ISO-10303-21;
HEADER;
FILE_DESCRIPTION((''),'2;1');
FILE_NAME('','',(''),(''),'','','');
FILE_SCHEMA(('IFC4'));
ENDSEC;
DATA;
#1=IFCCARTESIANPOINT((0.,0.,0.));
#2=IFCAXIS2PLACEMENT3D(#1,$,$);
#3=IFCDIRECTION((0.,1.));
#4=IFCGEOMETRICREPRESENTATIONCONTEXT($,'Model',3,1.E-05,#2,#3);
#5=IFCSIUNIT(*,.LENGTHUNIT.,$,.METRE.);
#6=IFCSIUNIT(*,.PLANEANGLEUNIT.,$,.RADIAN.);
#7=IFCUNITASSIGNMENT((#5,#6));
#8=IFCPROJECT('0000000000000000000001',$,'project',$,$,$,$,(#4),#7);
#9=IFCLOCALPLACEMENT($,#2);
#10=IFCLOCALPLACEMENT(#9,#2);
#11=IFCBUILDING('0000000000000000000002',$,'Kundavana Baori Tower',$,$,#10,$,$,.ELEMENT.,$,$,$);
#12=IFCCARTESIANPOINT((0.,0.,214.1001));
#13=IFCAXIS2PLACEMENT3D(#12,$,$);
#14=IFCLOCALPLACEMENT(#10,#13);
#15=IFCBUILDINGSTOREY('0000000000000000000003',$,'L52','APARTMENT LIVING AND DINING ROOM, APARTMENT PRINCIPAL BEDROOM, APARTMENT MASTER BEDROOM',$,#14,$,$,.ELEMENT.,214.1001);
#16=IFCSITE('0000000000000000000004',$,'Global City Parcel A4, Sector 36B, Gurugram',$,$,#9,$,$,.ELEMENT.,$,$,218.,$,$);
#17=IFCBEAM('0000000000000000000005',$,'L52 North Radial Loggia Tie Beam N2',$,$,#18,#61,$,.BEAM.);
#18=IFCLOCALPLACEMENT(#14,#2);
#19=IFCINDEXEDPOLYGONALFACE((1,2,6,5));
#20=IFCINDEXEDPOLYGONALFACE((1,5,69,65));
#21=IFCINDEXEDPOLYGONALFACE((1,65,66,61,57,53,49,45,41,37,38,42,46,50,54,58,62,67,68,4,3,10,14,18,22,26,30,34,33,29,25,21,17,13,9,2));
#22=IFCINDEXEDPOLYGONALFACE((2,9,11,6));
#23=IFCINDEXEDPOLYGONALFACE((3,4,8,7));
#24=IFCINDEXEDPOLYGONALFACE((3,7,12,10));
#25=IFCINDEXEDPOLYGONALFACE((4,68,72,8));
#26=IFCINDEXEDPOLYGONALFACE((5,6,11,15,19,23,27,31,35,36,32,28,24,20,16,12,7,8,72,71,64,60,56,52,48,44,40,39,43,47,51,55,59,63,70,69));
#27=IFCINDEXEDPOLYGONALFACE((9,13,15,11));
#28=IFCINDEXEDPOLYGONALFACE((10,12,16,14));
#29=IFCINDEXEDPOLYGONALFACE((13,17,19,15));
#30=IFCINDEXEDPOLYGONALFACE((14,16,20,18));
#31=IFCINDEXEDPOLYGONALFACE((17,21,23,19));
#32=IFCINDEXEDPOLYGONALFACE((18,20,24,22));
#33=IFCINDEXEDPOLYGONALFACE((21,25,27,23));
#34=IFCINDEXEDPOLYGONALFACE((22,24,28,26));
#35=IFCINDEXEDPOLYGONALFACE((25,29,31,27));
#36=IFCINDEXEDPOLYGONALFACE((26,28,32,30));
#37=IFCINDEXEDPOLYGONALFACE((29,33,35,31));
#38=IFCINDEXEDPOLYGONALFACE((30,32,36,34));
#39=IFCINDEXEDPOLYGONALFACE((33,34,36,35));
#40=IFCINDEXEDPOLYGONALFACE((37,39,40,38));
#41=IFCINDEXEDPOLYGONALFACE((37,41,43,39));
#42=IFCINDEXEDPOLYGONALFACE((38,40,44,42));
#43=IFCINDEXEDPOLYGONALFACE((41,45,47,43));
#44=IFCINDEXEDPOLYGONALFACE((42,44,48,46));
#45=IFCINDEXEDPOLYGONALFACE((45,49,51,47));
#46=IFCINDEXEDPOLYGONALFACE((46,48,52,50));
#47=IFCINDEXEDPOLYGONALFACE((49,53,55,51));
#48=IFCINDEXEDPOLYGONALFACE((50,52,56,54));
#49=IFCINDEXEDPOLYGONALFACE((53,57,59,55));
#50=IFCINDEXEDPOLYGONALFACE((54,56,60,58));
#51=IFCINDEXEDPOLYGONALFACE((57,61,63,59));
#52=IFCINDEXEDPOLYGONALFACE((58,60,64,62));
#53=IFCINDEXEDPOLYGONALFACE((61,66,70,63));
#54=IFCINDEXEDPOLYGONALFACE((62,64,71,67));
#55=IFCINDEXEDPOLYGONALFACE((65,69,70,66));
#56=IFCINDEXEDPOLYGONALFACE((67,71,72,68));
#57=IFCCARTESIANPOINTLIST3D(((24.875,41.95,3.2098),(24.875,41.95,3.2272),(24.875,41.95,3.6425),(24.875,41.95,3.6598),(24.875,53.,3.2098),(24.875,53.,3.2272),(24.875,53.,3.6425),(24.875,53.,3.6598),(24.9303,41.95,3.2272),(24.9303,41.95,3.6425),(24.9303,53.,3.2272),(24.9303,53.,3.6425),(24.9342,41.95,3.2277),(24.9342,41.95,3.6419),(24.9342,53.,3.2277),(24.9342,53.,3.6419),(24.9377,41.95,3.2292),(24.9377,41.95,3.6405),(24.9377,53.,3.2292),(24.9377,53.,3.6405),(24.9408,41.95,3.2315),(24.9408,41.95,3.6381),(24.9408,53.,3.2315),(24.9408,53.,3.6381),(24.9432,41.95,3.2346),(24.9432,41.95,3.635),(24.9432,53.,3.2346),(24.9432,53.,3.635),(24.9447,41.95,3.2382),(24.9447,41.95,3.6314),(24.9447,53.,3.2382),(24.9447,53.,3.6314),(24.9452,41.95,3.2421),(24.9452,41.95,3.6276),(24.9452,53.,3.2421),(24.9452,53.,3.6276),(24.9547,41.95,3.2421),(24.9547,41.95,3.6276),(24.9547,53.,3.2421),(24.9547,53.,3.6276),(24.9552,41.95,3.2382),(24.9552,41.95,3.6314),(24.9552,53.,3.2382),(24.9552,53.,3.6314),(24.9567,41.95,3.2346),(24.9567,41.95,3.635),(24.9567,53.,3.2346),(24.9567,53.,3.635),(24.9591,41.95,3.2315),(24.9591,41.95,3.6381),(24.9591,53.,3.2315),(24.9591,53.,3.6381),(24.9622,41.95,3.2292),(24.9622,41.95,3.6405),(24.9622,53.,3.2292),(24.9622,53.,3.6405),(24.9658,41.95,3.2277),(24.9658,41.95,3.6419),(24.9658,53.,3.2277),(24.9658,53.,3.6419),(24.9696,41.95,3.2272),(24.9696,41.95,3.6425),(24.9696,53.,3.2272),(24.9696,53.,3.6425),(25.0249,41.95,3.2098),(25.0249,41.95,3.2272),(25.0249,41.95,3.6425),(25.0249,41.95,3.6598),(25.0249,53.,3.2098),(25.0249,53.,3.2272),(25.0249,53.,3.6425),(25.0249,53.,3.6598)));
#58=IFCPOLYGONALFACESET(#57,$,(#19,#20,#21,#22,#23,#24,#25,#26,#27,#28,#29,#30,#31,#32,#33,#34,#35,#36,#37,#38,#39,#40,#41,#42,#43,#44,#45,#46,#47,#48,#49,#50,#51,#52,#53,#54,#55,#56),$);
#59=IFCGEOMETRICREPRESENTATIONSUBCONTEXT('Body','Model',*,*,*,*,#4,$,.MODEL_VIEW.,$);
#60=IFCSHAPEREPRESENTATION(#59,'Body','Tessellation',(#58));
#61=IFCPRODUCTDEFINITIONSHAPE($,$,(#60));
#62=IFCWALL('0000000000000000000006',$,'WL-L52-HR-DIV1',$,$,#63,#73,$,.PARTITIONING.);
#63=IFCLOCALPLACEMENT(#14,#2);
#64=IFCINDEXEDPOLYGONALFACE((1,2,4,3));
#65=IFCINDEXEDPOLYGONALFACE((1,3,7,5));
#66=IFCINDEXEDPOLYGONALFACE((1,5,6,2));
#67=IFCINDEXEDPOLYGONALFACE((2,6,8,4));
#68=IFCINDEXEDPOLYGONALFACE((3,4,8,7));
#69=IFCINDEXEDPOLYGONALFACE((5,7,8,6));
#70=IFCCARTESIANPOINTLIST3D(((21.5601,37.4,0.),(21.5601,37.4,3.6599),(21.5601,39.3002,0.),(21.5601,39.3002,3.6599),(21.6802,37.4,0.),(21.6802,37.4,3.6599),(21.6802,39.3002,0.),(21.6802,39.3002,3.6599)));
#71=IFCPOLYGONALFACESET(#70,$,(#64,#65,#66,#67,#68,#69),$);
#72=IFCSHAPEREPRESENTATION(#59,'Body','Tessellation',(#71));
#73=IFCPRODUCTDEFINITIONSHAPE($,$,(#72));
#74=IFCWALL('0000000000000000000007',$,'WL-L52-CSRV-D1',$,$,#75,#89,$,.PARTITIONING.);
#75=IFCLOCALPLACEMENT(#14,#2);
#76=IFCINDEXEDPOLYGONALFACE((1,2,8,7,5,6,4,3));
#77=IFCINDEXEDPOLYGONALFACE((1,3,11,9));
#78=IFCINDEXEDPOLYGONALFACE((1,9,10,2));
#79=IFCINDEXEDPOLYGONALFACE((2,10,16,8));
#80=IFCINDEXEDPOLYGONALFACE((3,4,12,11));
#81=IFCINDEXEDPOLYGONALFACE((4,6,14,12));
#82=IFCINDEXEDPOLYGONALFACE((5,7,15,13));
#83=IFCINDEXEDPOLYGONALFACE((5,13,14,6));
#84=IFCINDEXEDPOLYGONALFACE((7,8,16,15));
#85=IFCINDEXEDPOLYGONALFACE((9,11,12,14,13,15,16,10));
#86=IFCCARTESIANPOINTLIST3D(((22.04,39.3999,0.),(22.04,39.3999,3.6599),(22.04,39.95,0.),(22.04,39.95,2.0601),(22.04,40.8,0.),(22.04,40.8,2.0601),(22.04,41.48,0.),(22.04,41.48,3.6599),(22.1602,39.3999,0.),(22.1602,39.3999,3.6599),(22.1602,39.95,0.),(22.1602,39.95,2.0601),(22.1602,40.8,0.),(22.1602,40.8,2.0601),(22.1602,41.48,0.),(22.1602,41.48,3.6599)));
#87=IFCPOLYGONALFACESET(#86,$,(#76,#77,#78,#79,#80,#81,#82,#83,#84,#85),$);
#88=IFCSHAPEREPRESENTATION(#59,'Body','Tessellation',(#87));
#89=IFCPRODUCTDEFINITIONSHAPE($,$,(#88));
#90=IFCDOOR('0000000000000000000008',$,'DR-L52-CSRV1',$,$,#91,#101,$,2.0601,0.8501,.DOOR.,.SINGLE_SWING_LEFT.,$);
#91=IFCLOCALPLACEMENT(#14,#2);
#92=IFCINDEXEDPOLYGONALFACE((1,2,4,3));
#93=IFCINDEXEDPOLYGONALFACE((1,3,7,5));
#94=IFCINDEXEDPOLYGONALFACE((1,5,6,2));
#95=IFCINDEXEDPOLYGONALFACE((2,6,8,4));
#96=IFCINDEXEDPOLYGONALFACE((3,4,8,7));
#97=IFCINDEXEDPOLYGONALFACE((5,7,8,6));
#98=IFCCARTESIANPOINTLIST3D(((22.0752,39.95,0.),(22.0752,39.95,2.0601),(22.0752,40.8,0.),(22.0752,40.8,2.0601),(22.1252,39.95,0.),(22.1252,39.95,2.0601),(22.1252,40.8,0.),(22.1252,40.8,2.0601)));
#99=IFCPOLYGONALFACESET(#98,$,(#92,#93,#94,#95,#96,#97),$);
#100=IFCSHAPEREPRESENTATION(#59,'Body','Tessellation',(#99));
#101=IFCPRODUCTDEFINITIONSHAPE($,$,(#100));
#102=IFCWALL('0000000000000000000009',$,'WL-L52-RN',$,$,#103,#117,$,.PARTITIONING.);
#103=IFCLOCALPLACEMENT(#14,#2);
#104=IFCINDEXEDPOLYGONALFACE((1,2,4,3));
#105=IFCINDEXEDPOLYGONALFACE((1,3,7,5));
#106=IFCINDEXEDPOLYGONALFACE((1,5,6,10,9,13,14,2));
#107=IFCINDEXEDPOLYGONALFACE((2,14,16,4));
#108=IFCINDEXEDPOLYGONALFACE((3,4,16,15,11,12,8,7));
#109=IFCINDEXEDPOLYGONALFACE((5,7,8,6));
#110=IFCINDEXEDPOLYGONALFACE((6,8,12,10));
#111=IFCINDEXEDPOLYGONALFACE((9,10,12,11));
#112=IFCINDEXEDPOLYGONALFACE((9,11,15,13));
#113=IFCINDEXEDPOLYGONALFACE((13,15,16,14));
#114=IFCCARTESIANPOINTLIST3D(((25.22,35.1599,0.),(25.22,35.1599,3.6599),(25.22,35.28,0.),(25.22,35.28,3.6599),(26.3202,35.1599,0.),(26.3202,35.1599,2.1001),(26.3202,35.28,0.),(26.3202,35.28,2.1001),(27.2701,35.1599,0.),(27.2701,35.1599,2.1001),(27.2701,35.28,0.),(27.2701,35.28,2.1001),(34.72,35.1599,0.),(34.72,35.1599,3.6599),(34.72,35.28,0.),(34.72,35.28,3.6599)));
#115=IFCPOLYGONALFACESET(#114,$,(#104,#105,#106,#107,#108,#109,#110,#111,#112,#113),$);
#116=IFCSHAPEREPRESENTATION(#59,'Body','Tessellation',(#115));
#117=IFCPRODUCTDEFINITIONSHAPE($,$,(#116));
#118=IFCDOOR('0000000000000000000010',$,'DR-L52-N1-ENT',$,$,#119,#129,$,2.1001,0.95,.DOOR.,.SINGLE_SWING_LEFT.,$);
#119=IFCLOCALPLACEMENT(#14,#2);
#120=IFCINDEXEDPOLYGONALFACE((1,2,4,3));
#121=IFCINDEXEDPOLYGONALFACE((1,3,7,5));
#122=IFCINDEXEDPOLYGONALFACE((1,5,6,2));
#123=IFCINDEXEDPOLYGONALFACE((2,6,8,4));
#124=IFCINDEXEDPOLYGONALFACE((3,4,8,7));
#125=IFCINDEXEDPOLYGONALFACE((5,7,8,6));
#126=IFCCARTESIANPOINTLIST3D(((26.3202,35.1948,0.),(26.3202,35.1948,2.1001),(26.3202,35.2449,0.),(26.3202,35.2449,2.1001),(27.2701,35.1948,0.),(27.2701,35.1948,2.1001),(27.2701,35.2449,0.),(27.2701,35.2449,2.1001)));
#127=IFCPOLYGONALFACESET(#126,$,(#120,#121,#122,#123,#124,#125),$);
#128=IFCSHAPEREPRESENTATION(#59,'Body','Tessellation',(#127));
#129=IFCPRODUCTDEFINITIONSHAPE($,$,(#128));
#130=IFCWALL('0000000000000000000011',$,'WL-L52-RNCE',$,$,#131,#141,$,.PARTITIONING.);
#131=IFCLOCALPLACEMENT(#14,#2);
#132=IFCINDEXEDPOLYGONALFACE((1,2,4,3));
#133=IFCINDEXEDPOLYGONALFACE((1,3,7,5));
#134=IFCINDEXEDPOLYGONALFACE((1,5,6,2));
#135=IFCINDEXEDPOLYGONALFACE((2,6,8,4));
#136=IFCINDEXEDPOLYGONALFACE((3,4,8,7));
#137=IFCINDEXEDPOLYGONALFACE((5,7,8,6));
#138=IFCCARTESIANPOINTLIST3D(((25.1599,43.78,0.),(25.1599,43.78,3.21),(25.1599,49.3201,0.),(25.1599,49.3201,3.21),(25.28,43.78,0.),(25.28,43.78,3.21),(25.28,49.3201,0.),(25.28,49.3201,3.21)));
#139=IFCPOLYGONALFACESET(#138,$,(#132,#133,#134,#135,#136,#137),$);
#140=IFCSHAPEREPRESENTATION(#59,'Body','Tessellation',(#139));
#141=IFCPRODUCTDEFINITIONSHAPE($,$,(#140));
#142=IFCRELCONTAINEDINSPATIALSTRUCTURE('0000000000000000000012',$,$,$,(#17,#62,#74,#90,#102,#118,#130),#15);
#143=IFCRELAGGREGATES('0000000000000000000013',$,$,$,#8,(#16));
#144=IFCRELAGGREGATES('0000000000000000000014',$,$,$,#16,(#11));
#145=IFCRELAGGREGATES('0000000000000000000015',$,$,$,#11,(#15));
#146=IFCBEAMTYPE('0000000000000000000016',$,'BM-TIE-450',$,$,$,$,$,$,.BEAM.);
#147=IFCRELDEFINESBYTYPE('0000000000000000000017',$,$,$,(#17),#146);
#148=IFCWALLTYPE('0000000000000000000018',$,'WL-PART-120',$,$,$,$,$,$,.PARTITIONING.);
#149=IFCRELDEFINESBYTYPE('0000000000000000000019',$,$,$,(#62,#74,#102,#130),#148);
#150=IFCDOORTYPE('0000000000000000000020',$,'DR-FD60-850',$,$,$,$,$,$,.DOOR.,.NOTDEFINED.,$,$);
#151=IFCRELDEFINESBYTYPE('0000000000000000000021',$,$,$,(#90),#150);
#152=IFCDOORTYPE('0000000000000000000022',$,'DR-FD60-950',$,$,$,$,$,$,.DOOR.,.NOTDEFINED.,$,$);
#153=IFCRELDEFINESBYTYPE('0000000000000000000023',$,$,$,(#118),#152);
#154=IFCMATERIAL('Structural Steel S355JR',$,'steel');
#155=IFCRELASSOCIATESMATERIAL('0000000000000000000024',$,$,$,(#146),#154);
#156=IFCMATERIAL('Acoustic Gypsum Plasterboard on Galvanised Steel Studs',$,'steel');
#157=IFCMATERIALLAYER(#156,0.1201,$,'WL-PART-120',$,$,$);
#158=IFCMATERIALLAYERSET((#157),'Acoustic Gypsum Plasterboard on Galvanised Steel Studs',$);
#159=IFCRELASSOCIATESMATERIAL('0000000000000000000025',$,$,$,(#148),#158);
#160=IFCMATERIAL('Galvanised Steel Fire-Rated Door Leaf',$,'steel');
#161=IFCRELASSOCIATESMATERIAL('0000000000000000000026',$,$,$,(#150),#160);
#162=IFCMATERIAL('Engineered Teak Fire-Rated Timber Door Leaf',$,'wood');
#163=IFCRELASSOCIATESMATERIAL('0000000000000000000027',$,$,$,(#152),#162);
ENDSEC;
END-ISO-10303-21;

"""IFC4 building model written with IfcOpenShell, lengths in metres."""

from ifc_helpers import new_model, si_unit, direction, frame, frame_2d, origin, origin_2d, place, context, subcontext, project, spatial, rectangle, i_section, extrude, material, layer, layer_set, material_profile, profile_set, type_object, element, fill, save


model = new_model("IFC4")

# Units and contexts
model_context = context("Model", 3, precision=1e-05, world=origin(), true_north=direction((0.0, 1.0)))
body_context = subcontext(model_context, "Body", "Model", "MODEL_VIEW")
ifc_project = project(units=[si_unit("LENGTHUNIT", "METRE"), si_unit("PLANEANGLEUNIT", "RADIAN")], contexts=[model_context])

# Site, building, storey
site_placement = place(None, origin())
site = spatial("IfcSite", under=ifc_project, at=site_placement, Name="Global City Parcel A4, Sector 36B, Gurugram", CompositionType="ELEMENT", RefElevation=218.0)
building_placement = place(site_placement, origin())
building = spatial("IfcBuilding", under=site, at=building_placement, Name="Kundavana Baori Tower", CompositionType="ELEMENT")
storey_placement = place(building_placement, frame((0.0, 0.0, 214.1001)))
storey = spatial("IfcBuildingStorey", under=building, at=storey_placement, Name="L52", Description="APARTMENT LIVING AND DINING ROOM, APARTMENT PRINCIPAL BEDROOM, APARTMENT MASTER BEDROOM", CompositionType="ELEMENT", Elevation=214.1001)

# Beam
ifc_material_1 = material(Name="Structural Steel S355JR", Category="steel")
ifc_material_profile_1 = material_profile(ifc_material_1, i_section(OverallWidth=0.1499, OverallDepth=0.45, WebThickness=0.0095, FlangeThickness=0.0173, FilletRadius=0.0149, at=origin_2d()), Name="ISMB 450")
ifc_profile_set_1 = profile_set([ifc_material_profile_1], Name="Structural Steel S355JR")
beam_type_1 = type_object("IfcBeamType", Name="BM-TIE-450", PredefinedType="BEAM", material=ifc_profile_set_1)
beam_1_placement = place(storey_placement, frame((24.95, 41.95, 3.4348), z_axis=(0.0, 1.0, 0.0), x_axis=(-1.0, 0.0, 0.0)))
element("IfcBeam", 1, at=beam_1_placement, inside=storey, type_object=beam_type_1, Name="L52 North Radial Loggia Tie Beam N2", PredefinedType="BEAM", context=body_context, shape_type="SweptSolid", body=[
    extrude(i_section(OverallWidth=0.1499, OverallDepth=0.45, WebThickness=0.0095, FlangeThickness=0.0173, FilletRadius=0.0149, at=origin_2d()), origin(), (0.0, 0.0, 1.0), 11.05),
])

# Wall
ifc_material_2 = material(Name="Acoustic Gypsum Plasterboard on Galvanised Steel Studs", Category="steel")
ifc_layer_1 = layer(ifc_material_2, 0.1201, Name="WL-PART-120")
ifc_layer_set_1 = layer_set([ifc_layer_1], Name="Acoustic Gypsum Plasterboard on Galvanised Steel Studs")
wall_type_1 = type_object("IfcWallType", Name="WL-PART-120", PredefinedType="PARTITIONING", material=ifc_layer_set_1)
wall_1_placement = place(storey_placement, frame((21.6201, 37.3999, 0.0), z_axis=(0.0, 0.0, 1.0), x_axis=(0.0, 1.0, 0.0)))
element("IfcWall", 2, at=wall_1_placement, inside=storey, type_object=wall_type_1, Name="WL-L52-HR-DIV1", PredefinedType="PARTITIONING", context=body_context, shape_type="SweptSolid", body=[
    extrude(rectangle(XDim=1.9001, YDim=0.1201, at=frame_2d((0.9502, 0.0))), origin(), (0.0, 0.0, 1.0), 3.6599),
])

# Walls, openings, doors
wall_2_placement = place(storey_placement, frame((22.1001, 39.3999, 0.0), z_axis=(0.0, 0.0, 1.0), x_axis=(0.0, 1.0, 0.0)))
wall_2 = element("IfcWall", 3, at=wall_2_placement, inside=storey, type_object=wall_type_1, Name="WL-L52-CSRV-D1", PredefinedType="PARTITIONING", context=body_context, shape_type="SweptSolid", body=[
    extrude(rectangle(XDim=2.0801, YDim=0.1201, at=frame_2d((1.04, 0.0))), origin(), (0.0, 0.0, 1.0), 3.6599),
])
opening_1_placement = place(wall_2_placement, frame((0.55, 0.0, 0.0)))
opening_1 = element("IfcOpeningElement", 4, at=opening_1_placement, cuts=wall_2, PredefinedType="OPENING", context=body_context, shape_type="SweptSolid", body=[
    extrude(rectangle(XDim=0.8501, YDim=2.0601, at=frame_2d((0.425, 1.03))), frame((0.0, 0.0701, 0.0), z_axis=(0.0, -1.0, 0.0), x_axis=(1.0, 0.0, 0.0)), (0.0, 0.0, 1.0), 0.1401),
])
ifc_material_3 = material(Name="Galvanised Steel Fire-Rated Door Leaf", Category="steel")
door_type_1 = type_object("IfcDoorType", Name="DR-FD60-850", OperationType="NOTDEFINED", PredefinedType="DOOR", material=ifc_material_3)
door_1_placement = place(opening_1_placement, origin())
door_1 = element("IfcDoor", 5, at=door_1_placement, inside=storey, type_object=door_type_1, Name="DR-L52-CSRV1", OperationType="SINGLE_SWING_LEFT", OverallHeight=2.0601, OverallWidth=0.8501, PredefinedType="DOOR", context=body_context, shape_type="SweptSolid", body=[
    extrude(rectangle(XDim=0.8501, YDim=2.0601, at=frame_2d((0.425, 1.03))), frame((0.0, 0.0249, 0.0), z_axis=(0.0, -1.0, 0.0), x_axis=(1.0, 0.0, 0.0)), (0.0, 0.0, 1.0), 0.05),
])
fill(opening_1, door_1)
wall_3_placement = place(storey_placement, frame((25.22, 35.22, 0.0), z_axis=(0.0, 0.0, 1.0), x_axis=(1.0, 0.0, 0.0)))
wall_3 = element("IfcWall", 6, at=wall_3_placement, inside=storey, type_object=wall_type_1, Name="WL-L52-RN", PredefinedType="PARTITIONING", context=body_context, shape_type="SweptSolid", body=[
    extrude(rectangle(XDim=9.5, YDim=0.1201, at=frame_2d((4.75, 0.0))), origin(), (0.0, 0.0, 1.0), 3.6599),
])
opening_2_placement = place(wall_3_placement, frame((1.1001, 0.0, 0.0)))
opening_2 = element("IfcOpeningElement", 7, at=opening_2_placement, cuts=wall_3, PredefinedType="OPENING", context=body_context, shape_type="SweptSolid", body=[
    extrude(rectangle(XDim=0.95, YDim=2.1001, at=frame_2d((0.4751, 1.05))), frame((0.0, 0.0701, 0.0), z_axis=(0.0, -1.0, 0.0), x_axis=(1.0, 0.0, 0.0)), (0.0, 0.0, 1.0), 0.1401),
])
ifc_material_4 = material(Name="Engineered Teak Fire-Rated Timber Door Leaf", Category="wood")
door_type_2 = type_object("IfcDoorType", Name="DR-FD60-950", OperationType="NOTDEFINED", PredefinedType="DOOR", material=ifc_material_4)
door_2_placement = place(opening_2_placement, origin())
door_2 = element("IfcDoor", 8, at=door_2_placement, inside=storey, type_object=door_type_2, Name="DR-L52-N1-ENT", OperationType="SINGLE_SWING_LEFT", OverallHeight=2.1001, OverallWidth=0.95, PredefinedType="DOOR", context=body_context, shape_type="SweptSolid", body=[
    extrude(rectangle(XDim=0.95, YDim=2.1001, at=frame_2d((0.4751, 1.05))), frame((0.0, 0.0249, 0.0), z_axis=(0.0, -1.0, 0.0), x_axis=(1.0, 0.0, 0.0)), (0.0, 0.0, 1.0), 0.05),
])
fill(opening_2, door_2)

# Wall
wall_4_placement = place(storey_placement, frame((25.22, 43.78, 0.0), z_axis=(0.0, 0.0, 1.0), x_axis=(0.0, 1.0, 0.0)))
element("IfcWall", 9, at=wall_4_placement, inside=storey, type_object=wall_type_1, Name="WL-L52-RNCE", PredefinedType="PARTITIONING", context=body_context, shape_type="SweptSolid", body=[
    extrude(rectangle(XDim=5.54, YDim=0.1201, at=frame_2d((2.77, 0.0))), origin(), (0.0, 0.0, 1.0), 3.21),
])

save(model, "model.ifc")
